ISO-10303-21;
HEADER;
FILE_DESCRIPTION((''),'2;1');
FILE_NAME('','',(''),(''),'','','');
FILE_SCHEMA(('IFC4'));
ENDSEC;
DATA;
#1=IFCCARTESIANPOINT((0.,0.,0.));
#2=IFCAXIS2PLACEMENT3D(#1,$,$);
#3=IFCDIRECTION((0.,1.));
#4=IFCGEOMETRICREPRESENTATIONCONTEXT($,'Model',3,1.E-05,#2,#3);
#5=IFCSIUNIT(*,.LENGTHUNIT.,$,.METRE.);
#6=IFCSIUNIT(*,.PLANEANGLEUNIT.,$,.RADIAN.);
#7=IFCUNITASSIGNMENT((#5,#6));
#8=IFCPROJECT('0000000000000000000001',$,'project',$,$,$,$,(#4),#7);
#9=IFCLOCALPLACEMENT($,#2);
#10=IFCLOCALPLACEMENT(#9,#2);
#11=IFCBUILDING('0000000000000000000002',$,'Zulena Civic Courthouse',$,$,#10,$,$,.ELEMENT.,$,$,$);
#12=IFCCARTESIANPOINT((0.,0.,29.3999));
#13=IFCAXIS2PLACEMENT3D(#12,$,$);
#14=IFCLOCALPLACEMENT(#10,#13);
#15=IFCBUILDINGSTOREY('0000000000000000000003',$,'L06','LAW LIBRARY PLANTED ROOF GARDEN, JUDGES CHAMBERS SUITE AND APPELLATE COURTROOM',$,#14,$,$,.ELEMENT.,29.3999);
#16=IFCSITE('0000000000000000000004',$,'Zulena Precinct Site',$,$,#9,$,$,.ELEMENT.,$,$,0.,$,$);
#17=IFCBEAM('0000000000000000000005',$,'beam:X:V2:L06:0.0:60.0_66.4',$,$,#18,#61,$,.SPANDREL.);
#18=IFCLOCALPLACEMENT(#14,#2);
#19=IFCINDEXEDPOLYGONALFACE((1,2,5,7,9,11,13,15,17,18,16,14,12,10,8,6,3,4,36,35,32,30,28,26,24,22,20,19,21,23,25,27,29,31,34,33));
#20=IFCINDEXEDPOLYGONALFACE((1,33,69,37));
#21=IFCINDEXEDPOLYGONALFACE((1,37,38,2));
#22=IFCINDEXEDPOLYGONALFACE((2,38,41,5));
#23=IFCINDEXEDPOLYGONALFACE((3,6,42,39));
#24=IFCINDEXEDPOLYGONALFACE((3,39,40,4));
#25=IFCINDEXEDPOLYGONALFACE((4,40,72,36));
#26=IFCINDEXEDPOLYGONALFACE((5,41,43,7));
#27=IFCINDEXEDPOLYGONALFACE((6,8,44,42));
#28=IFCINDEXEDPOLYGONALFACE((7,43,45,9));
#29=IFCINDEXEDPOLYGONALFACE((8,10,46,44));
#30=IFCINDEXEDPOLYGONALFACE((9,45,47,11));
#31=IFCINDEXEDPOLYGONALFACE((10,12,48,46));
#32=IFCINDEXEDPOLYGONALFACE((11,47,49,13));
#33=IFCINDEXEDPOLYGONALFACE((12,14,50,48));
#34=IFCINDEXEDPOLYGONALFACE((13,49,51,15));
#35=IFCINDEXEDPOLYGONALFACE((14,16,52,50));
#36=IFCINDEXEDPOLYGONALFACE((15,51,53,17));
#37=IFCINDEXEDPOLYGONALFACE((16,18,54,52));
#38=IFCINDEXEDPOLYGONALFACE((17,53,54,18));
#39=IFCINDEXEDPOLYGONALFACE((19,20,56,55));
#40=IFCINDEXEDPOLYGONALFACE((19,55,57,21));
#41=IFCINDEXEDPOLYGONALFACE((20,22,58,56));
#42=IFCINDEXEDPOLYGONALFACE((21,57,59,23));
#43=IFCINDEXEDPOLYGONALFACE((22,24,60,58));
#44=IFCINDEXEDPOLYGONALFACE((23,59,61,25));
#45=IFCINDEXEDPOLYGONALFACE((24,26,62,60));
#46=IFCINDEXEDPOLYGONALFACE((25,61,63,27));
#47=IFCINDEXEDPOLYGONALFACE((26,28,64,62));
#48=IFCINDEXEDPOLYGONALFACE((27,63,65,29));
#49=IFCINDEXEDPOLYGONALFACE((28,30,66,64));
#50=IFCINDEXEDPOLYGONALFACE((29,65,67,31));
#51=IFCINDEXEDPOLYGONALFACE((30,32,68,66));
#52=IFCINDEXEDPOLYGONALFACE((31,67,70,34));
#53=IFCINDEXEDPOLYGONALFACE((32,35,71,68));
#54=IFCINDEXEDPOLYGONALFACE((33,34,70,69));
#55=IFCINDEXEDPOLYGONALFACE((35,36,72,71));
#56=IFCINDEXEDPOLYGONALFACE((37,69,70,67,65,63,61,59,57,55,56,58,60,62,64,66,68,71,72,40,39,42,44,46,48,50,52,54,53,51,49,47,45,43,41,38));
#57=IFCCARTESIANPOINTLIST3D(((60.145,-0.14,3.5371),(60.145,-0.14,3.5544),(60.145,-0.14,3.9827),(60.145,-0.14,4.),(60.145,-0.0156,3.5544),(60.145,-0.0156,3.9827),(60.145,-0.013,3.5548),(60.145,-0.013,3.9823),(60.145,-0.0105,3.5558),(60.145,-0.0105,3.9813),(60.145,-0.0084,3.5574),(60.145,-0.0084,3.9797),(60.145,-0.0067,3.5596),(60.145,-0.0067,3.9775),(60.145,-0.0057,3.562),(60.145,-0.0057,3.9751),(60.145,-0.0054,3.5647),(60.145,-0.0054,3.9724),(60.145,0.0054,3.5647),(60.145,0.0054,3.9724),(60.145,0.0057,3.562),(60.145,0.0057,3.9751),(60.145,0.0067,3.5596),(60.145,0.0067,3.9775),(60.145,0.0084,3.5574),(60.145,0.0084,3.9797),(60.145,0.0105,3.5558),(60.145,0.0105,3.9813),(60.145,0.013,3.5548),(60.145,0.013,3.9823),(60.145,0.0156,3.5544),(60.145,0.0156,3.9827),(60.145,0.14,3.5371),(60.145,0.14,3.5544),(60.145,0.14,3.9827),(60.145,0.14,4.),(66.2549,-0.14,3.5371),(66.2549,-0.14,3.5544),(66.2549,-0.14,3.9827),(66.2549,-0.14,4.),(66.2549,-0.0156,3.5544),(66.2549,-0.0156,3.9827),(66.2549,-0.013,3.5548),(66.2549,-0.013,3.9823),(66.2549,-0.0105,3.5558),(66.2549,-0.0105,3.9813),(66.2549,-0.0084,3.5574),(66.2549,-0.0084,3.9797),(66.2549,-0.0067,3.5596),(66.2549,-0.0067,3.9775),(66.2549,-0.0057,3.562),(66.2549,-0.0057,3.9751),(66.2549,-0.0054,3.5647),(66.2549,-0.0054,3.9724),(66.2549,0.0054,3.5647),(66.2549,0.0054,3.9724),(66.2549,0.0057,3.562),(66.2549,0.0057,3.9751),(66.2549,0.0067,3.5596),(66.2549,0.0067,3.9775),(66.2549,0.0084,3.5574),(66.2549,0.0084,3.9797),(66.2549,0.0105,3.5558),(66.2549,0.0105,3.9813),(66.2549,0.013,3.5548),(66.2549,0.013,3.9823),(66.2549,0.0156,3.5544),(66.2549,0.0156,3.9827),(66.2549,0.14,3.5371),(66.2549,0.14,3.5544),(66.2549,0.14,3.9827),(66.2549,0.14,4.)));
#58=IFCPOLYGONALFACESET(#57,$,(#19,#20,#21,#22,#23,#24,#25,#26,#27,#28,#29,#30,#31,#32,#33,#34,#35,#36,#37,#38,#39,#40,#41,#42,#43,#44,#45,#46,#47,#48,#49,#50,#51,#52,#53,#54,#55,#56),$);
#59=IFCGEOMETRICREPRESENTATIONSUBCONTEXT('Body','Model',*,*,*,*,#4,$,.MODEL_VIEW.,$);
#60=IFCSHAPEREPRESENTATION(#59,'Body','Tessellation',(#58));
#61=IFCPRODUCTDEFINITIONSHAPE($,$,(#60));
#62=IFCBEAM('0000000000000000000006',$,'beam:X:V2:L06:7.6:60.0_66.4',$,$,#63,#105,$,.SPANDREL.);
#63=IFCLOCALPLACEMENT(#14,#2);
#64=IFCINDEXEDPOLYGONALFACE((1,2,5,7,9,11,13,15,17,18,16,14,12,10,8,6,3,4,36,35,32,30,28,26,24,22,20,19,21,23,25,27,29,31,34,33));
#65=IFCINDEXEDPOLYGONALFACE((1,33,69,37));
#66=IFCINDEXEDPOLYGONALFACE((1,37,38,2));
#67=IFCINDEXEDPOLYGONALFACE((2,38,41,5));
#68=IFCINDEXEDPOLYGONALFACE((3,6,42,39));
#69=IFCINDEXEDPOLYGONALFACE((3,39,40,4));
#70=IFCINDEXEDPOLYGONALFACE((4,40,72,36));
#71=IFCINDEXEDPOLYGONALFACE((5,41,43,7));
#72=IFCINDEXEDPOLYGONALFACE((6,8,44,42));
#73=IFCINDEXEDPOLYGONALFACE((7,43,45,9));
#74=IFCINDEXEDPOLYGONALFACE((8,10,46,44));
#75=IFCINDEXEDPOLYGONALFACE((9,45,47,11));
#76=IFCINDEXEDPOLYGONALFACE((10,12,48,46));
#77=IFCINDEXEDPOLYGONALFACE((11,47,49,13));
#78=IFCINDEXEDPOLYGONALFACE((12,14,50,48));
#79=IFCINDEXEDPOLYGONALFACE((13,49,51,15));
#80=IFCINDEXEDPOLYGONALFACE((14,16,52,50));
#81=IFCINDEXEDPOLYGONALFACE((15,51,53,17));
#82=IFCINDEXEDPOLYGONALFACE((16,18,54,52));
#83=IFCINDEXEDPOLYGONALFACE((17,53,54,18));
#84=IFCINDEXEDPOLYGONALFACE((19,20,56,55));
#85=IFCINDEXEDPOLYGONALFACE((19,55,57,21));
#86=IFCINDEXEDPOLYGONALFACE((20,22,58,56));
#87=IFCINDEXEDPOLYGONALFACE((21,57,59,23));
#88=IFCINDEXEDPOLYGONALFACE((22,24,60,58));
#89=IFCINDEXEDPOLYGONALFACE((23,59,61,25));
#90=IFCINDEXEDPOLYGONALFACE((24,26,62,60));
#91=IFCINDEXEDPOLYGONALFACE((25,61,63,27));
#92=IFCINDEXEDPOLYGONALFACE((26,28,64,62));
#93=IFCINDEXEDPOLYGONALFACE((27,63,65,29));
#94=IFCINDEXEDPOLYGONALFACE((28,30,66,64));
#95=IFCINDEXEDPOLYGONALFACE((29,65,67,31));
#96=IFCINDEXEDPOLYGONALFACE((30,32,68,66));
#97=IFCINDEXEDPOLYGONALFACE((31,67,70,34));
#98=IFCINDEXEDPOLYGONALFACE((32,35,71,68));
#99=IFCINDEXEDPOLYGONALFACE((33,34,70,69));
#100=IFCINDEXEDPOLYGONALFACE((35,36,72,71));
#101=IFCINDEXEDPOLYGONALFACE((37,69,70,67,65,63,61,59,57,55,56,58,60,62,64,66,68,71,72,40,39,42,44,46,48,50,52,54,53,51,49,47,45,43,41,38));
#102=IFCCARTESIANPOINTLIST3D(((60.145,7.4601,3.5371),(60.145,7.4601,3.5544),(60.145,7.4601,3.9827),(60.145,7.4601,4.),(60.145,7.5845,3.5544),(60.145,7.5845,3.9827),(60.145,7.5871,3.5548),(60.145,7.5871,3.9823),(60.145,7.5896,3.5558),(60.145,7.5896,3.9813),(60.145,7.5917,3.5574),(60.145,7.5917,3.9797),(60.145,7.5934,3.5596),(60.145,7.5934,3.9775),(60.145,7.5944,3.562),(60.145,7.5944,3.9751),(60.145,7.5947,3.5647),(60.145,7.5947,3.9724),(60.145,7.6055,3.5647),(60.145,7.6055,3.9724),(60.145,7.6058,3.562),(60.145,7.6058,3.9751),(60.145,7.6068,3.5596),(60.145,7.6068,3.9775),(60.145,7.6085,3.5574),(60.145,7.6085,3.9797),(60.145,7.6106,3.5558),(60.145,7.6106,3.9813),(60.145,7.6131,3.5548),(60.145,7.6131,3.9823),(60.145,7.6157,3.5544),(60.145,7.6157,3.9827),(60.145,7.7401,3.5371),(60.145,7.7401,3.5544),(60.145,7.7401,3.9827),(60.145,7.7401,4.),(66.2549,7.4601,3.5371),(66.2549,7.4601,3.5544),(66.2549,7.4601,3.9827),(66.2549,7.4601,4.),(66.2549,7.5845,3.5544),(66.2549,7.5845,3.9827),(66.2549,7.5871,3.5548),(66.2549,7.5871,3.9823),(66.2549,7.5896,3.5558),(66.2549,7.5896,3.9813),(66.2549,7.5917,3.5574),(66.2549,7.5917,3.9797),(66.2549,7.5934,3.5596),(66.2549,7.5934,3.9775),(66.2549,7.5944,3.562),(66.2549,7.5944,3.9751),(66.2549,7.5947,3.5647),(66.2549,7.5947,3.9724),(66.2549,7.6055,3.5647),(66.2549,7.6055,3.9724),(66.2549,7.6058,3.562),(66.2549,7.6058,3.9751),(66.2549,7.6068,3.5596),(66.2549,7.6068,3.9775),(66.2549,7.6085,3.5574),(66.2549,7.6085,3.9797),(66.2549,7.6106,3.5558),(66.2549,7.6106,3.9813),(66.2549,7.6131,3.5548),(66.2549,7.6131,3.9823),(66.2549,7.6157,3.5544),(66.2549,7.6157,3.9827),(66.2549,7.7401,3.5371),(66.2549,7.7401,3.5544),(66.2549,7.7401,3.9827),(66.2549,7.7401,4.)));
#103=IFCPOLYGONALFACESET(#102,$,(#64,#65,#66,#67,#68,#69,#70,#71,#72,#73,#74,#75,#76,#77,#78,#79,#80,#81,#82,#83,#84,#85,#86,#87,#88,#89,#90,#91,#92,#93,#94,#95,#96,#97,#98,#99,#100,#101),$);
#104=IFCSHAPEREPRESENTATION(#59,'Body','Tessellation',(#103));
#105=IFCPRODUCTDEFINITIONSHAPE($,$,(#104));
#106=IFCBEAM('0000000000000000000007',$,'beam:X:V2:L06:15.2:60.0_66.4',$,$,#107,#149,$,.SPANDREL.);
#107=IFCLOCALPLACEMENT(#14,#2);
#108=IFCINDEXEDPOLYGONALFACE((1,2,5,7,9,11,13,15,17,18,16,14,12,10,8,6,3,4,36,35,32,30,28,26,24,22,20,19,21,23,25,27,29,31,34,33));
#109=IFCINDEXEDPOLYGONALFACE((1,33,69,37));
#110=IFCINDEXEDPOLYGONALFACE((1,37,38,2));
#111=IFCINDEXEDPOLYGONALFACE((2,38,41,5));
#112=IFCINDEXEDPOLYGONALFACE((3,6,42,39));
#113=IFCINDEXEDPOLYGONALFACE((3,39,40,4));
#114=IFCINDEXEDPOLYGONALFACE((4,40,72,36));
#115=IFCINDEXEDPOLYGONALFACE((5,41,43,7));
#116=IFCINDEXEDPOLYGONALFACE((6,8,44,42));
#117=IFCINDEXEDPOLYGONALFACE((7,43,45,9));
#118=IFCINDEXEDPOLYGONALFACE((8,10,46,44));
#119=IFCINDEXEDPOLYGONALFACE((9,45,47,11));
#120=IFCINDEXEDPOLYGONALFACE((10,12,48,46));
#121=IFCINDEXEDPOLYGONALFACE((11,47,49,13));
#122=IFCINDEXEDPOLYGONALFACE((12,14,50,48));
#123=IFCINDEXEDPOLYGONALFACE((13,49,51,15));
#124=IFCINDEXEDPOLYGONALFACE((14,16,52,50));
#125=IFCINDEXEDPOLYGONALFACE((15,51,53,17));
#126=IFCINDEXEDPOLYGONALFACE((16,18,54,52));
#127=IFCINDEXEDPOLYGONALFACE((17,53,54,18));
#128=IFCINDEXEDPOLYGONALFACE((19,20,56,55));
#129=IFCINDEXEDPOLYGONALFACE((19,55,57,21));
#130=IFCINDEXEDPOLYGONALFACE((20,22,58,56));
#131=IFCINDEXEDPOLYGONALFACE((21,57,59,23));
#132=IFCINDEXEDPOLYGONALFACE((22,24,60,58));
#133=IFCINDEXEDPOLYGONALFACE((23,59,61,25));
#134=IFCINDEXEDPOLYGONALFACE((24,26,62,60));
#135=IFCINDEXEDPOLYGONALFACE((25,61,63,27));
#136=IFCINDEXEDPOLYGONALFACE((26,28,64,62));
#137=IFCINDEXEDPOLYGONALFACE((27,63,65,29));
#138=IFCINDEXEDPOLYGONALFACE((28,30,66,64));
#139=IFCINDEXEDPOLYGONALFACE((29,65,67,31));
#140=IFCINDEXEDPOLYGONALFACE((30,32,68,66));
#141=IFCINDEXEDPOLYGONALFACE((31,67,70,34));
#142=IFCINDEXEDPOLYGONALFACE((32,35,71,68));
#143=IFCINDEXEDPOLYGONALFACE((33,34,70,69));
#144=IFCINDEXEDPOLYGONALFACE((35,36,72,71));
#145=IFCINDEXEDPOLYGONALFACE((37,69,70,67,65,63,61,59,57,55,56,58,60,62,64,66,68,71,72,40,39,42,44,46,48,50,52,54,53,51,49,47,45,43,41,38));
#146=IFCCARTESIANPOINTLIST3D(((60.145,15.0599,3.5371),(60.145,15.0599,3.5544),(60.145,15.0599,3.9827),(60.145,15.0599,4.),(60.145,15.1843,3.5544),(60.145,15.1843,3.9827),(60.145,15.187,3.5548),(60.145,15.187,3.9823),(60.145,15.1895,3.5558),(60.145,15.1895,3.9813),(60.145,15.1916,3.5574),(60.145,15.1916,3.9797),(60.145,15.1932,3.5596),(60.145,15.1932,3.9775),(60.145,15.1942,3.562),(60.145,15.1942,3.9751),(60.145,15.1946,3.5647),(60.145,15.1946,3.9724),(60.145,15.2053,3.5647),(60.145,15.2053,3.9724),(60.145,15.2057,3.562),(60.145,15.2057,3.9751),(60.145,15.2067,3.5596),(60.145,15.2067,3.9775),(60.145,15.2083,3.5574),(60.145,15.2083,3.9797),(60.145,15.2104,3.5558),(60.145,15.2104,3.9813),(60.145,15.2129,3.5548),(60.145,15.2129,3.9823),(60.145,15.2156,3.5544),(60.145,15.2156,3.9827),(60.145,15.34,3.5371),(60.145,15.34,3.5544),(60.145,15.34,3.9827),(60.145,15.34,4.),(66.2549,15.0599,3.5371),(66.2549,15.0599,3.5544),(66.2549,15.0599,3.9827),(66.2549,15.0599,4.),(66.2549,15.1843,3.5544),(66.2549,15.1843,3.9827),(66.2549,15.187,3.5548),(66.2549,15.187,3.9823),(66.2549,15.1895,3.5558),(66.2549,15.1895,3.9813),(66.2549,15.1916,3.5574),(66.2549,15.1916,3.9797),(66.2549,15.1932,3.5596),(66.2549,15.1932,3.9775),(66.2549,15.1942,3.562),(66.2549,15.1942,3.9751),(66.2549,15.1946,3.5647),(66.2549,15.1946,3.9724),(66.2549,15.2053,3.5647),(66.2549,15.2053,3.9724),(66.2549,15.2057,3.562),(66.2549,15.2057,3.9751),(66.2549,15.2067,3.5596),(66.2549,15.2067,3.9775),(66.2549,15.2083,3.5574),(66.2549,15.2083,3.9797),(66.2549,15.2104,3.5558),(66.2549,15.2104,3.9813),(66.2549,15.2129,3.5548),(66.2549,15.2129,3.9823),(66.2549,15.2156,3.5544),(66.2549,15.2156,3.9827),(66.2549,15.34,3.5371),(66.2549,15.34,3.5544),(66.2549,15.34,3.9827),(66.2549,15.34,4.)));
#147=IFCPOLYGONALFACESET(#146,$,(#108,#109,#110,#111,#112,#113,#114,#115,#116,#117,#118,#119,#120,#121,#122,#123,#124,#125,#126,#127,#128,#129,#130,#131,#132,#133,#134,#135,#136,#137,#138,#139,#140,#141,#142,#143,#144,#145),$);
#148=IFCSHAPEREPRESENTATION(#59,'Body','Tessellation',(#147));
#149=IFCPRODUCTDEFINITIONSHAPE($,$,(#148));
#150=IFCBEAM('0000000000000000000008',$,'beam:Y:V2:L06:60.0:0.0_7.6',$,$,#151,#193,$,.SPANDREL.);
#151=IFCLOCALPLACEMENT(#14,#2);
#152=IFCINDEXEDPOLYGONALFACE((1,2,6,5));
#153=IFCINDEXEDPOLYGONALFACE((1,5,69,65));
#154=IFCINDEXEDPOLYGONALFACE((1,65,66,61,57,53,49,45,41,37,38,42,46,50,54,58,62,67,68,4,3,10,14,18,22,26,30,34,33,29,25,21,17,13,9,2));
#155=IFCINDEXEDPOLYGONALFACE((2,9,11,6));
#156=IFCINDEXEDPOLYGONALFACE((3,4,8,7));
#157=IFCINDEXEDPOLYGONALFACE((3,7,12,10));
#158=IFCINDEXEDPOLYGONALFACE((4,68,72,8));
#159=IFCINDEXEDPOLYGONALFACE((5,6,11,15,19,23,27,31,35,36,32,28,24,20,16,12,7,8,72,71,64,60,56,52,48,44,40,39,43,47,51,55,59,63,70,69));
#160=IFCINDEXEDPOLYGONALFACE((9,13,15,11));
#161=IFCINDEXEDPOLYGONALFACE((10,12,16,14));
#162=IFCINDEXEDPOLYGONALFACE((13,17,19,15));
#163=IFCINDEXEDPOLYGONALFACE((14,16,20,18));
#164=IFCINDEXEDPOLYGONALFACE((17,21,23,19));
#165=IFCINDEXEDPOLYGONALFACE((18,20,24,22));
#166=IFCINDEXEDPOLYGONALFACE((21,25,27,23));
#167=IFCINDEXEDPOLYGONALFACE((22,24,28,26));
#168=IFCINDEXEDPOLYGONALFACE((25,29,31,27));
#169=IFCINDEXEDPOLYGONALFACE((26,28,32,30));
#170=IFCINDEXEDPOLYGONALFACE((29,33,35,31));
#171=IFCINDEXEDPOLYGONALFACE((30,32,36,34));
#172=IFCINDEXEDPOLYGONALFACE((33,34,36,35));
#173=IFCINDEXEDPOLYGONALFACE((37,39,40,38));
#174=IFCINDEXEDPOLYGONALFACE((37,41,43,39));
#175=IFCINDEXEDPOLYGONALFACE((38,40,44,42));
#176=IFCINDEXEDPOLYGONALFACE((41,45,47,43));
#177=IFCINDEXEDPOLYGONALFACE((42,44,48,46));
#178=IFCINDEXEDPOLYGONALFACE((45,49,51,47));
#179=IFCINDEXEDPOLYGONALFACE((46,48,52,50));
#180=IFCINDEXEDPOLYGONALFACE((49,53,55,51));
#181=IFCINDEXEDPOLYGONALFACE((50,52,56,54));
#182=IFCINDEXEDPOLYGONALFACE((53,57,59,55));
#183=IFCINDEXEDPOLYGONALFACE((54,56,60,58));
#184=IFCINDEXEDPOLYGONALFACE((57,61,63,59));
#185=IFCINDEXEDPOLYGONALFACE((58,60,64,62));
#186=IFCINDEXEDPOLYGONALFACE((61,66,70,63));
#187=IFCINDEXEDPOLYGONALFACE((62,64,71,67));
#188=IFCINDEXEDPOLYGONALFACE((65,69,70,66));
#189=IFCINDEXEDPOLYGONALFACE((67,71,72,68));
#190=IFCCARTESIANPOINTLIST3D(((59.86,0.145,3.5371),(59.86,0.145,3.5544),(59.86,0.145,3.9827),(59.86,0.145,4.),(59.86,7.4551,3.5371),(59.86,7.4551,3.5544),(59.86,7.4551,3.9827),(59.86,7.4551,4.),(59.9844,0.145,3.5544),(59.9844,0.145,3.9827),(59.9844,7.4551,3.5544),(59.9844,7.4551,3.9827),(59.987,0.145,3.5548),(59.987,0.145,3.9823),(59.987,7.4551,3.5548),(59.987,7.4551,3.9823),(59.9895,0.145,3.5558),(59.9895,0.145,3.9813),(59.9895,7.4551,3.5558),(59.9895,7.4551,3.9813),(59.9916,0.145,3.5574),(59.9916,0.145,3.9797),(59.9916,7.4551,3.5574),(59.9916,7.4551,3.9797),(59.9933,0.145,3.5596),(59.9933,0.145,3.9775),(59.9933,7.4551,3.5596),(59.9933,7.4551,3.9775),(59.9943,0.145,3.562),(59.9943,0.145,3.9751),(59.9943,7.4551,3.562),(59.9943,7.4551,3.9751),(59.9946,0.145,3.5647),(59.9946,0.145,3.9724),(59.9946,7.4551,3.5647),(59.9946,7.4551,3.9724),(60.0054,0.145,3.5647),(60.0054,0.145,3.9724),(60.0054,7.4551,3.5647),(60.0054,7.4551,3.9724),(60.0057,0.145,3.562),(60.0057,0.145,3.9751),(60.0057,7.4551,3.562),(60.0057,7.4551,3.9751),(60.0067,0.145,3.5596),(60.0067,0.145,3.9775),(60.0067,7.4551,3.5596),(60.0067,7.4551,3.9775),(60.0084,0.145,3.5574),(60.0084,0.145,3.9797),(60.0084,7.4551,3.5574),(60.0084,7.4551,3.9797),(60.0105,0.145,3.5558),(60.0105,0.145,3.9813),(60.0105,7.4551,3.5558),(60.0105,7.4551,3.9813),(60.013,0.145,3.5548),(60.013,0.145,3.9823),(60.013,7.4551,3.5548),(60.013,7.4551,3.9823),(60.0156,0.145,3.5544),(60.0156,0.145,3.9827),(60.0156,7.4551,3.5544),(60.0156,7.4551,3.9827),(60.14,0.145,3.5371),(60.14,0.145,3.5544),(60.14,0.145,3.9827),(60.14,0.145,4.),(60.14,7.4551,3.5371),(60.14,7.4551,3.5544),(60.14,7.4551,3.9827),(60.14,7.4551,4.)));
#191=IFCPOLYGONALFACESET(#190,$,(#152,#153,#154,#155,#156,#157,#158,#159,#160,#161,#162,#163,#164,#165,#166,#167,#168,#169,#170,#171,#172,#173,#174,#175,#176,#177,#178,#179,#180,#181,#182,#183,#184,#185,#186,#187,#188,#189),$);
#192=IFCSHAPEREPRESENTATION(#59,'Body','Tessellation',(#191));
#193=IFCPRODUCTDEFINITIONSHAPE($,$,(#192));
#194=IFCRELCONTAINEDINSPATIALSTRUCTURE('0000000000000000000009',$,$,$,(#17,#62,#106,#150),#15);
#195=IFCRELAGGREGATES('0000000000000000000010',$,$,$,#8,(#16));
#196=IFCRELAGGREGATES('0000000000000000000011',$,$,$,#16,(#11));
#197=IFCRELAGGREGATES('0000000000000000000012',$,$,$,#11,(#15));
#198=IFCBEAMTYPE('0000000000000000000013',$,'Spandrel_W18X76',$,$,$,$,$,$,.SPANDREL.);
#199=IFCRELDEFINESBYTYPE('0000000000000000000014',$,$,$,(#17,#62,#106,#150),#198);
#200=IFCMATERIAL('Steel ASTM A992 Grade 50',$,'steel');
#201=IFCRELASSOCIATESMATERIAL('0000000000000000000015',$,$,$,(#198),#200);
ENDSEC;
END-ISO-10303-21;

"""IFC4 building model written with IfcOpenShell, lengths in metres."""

from ifc_helpers import new_model, si_unit, direction, frame, origin, origin_2d, place, context, subcontext, project, spatial, i_section, extrude, material, material_profile, profile_set, type_object, element, save


model = new_model("IFC4")

# Units and contexts
model_context = context("Model", 3, precision=1e-05, world=origin(), true_north=direction((0.0, 1.0)))
body_context = subcontext(model_context, "Body", "Model", "MODEL_VIEW")
ifc_project = project(units=[si_unit("LENGTHUNIT", "METRE"), si_unit("PLANEANGLEUNIT", "RADIAN")], contexts=[model_context])

# Site, building, storey
site_placement = place(None, origin())
site = spatial("IfcSite", under=ifc_project, at=site_placement, Name="Zulena Precinct Site", CompositionType="ELEMENT", RefElevation=0.0)
building_placement = place(site_placement, origin())
building = spatial("IfcBuilding", under=site, at=building_placement, Name="Zulena Civic Courthouse", CompositionType="ELEMENT")
storey_placement = place(building_placement, frame((0.0, 0.0, 29.3999)))
storey = spatial("IfcBuildingStorey", under=building, at=storey_placement, Name="L06", Description="LAW LIBRARY PLANTED ROOF GARDEN, JUDGES CHAMBERS SUITE AND APPELLATE COURTROOM", CompositionType="ELEMENT", Elevation=29.3999)

# Shared definitions
ifc_material_1 = material(Name="Steel ASTM A992 Grade 50", Category="steel")

# Beams
ifc_material_profile_1 = material_profile(ifc_material_1, i_section(OverallWidth=0.28, OverallDepth=0.4629, WebThickness=0.0107, FlangeThickness=0.0173, FilletRadius=0.0103, at=origin_2d()), Name="W18X76")
ifc_profile_set_1 = profile_set([ifc_material_profile_1], Name="Steel ASTM A992 Grade 50")
beam_type_1 = type_object("IfcBeamType", Name="Spandrel_W18X76", PredefinedType="SPANDREL", material=ifc_profile_set_1)
for number, where, z_axis, x_axis, name in (
    (1, (60.145, 0.0, 3.7686), (1.0, 0.0, 0.0), (0.0, 1.0, 0.0), "beam:X:V2:L06:0.0:60.0_66.4"),
    (2, (60.145, 7.6001, 3.7686), (1.0, 0.0, 0.0), (0.0, 1.0, 0.0), "beam:X:V2:L06:7.6:60.0_66.4"),
    (3, (60.145, 15.2, 3.7686), (1.0, 0.0, 0.0), (0.0, 1.0, 0.0), "beam:X:V2:L06:15.2:60.0_66.4"),
):
    element("IfcBeam", number, at=place(storey_placement, frame(where, z_axis=z_axis, x_axis=x_axis)), inside=storey, type_object=beam_type_1, Name=name, PredefinedType="SPANDREL", context=body_context, shape_type="SweptSolid", body=[
        extrude(i_section(OverallWidth=0.28, OverallDepth=0.4629, WebThickness=0.0107, FlangeThickness=0.0173, FilletRadius=0.0103, at=origin_2d()), origin(), (0.0, 0.0, 1.0), 6.1099),
    ])
for number, where, z_axis, x_axis, name in (
    (4, (60.0, 0.145, 3.7686), (0.0, 1.0, 0.0), (-1.0, 0.0, 0.0), "beam:Y:V2:L06:60.0:0.0_7.6"),
):
    element("IfcBeam", number, at=place(storey_placement, frame(where, z_axis=z_axis, x_axis=x_axis)), inside=storey, type_object=beam_type_1, Name=name, PredefinedType="SPANDREL", context=body_context, shape_type="SweptSolid", body=[
        extrude(i_section(OverallWidth=0.28, OverallDepth=0.4629, WebThickness=0.0107, FlangeThickness=0.0173, FilletRadius=0.0103, at=origin_2d()), origin(), (0.0, 0.0, 1.0), 7.3101),
    ])

save(model, "model.ifc")
